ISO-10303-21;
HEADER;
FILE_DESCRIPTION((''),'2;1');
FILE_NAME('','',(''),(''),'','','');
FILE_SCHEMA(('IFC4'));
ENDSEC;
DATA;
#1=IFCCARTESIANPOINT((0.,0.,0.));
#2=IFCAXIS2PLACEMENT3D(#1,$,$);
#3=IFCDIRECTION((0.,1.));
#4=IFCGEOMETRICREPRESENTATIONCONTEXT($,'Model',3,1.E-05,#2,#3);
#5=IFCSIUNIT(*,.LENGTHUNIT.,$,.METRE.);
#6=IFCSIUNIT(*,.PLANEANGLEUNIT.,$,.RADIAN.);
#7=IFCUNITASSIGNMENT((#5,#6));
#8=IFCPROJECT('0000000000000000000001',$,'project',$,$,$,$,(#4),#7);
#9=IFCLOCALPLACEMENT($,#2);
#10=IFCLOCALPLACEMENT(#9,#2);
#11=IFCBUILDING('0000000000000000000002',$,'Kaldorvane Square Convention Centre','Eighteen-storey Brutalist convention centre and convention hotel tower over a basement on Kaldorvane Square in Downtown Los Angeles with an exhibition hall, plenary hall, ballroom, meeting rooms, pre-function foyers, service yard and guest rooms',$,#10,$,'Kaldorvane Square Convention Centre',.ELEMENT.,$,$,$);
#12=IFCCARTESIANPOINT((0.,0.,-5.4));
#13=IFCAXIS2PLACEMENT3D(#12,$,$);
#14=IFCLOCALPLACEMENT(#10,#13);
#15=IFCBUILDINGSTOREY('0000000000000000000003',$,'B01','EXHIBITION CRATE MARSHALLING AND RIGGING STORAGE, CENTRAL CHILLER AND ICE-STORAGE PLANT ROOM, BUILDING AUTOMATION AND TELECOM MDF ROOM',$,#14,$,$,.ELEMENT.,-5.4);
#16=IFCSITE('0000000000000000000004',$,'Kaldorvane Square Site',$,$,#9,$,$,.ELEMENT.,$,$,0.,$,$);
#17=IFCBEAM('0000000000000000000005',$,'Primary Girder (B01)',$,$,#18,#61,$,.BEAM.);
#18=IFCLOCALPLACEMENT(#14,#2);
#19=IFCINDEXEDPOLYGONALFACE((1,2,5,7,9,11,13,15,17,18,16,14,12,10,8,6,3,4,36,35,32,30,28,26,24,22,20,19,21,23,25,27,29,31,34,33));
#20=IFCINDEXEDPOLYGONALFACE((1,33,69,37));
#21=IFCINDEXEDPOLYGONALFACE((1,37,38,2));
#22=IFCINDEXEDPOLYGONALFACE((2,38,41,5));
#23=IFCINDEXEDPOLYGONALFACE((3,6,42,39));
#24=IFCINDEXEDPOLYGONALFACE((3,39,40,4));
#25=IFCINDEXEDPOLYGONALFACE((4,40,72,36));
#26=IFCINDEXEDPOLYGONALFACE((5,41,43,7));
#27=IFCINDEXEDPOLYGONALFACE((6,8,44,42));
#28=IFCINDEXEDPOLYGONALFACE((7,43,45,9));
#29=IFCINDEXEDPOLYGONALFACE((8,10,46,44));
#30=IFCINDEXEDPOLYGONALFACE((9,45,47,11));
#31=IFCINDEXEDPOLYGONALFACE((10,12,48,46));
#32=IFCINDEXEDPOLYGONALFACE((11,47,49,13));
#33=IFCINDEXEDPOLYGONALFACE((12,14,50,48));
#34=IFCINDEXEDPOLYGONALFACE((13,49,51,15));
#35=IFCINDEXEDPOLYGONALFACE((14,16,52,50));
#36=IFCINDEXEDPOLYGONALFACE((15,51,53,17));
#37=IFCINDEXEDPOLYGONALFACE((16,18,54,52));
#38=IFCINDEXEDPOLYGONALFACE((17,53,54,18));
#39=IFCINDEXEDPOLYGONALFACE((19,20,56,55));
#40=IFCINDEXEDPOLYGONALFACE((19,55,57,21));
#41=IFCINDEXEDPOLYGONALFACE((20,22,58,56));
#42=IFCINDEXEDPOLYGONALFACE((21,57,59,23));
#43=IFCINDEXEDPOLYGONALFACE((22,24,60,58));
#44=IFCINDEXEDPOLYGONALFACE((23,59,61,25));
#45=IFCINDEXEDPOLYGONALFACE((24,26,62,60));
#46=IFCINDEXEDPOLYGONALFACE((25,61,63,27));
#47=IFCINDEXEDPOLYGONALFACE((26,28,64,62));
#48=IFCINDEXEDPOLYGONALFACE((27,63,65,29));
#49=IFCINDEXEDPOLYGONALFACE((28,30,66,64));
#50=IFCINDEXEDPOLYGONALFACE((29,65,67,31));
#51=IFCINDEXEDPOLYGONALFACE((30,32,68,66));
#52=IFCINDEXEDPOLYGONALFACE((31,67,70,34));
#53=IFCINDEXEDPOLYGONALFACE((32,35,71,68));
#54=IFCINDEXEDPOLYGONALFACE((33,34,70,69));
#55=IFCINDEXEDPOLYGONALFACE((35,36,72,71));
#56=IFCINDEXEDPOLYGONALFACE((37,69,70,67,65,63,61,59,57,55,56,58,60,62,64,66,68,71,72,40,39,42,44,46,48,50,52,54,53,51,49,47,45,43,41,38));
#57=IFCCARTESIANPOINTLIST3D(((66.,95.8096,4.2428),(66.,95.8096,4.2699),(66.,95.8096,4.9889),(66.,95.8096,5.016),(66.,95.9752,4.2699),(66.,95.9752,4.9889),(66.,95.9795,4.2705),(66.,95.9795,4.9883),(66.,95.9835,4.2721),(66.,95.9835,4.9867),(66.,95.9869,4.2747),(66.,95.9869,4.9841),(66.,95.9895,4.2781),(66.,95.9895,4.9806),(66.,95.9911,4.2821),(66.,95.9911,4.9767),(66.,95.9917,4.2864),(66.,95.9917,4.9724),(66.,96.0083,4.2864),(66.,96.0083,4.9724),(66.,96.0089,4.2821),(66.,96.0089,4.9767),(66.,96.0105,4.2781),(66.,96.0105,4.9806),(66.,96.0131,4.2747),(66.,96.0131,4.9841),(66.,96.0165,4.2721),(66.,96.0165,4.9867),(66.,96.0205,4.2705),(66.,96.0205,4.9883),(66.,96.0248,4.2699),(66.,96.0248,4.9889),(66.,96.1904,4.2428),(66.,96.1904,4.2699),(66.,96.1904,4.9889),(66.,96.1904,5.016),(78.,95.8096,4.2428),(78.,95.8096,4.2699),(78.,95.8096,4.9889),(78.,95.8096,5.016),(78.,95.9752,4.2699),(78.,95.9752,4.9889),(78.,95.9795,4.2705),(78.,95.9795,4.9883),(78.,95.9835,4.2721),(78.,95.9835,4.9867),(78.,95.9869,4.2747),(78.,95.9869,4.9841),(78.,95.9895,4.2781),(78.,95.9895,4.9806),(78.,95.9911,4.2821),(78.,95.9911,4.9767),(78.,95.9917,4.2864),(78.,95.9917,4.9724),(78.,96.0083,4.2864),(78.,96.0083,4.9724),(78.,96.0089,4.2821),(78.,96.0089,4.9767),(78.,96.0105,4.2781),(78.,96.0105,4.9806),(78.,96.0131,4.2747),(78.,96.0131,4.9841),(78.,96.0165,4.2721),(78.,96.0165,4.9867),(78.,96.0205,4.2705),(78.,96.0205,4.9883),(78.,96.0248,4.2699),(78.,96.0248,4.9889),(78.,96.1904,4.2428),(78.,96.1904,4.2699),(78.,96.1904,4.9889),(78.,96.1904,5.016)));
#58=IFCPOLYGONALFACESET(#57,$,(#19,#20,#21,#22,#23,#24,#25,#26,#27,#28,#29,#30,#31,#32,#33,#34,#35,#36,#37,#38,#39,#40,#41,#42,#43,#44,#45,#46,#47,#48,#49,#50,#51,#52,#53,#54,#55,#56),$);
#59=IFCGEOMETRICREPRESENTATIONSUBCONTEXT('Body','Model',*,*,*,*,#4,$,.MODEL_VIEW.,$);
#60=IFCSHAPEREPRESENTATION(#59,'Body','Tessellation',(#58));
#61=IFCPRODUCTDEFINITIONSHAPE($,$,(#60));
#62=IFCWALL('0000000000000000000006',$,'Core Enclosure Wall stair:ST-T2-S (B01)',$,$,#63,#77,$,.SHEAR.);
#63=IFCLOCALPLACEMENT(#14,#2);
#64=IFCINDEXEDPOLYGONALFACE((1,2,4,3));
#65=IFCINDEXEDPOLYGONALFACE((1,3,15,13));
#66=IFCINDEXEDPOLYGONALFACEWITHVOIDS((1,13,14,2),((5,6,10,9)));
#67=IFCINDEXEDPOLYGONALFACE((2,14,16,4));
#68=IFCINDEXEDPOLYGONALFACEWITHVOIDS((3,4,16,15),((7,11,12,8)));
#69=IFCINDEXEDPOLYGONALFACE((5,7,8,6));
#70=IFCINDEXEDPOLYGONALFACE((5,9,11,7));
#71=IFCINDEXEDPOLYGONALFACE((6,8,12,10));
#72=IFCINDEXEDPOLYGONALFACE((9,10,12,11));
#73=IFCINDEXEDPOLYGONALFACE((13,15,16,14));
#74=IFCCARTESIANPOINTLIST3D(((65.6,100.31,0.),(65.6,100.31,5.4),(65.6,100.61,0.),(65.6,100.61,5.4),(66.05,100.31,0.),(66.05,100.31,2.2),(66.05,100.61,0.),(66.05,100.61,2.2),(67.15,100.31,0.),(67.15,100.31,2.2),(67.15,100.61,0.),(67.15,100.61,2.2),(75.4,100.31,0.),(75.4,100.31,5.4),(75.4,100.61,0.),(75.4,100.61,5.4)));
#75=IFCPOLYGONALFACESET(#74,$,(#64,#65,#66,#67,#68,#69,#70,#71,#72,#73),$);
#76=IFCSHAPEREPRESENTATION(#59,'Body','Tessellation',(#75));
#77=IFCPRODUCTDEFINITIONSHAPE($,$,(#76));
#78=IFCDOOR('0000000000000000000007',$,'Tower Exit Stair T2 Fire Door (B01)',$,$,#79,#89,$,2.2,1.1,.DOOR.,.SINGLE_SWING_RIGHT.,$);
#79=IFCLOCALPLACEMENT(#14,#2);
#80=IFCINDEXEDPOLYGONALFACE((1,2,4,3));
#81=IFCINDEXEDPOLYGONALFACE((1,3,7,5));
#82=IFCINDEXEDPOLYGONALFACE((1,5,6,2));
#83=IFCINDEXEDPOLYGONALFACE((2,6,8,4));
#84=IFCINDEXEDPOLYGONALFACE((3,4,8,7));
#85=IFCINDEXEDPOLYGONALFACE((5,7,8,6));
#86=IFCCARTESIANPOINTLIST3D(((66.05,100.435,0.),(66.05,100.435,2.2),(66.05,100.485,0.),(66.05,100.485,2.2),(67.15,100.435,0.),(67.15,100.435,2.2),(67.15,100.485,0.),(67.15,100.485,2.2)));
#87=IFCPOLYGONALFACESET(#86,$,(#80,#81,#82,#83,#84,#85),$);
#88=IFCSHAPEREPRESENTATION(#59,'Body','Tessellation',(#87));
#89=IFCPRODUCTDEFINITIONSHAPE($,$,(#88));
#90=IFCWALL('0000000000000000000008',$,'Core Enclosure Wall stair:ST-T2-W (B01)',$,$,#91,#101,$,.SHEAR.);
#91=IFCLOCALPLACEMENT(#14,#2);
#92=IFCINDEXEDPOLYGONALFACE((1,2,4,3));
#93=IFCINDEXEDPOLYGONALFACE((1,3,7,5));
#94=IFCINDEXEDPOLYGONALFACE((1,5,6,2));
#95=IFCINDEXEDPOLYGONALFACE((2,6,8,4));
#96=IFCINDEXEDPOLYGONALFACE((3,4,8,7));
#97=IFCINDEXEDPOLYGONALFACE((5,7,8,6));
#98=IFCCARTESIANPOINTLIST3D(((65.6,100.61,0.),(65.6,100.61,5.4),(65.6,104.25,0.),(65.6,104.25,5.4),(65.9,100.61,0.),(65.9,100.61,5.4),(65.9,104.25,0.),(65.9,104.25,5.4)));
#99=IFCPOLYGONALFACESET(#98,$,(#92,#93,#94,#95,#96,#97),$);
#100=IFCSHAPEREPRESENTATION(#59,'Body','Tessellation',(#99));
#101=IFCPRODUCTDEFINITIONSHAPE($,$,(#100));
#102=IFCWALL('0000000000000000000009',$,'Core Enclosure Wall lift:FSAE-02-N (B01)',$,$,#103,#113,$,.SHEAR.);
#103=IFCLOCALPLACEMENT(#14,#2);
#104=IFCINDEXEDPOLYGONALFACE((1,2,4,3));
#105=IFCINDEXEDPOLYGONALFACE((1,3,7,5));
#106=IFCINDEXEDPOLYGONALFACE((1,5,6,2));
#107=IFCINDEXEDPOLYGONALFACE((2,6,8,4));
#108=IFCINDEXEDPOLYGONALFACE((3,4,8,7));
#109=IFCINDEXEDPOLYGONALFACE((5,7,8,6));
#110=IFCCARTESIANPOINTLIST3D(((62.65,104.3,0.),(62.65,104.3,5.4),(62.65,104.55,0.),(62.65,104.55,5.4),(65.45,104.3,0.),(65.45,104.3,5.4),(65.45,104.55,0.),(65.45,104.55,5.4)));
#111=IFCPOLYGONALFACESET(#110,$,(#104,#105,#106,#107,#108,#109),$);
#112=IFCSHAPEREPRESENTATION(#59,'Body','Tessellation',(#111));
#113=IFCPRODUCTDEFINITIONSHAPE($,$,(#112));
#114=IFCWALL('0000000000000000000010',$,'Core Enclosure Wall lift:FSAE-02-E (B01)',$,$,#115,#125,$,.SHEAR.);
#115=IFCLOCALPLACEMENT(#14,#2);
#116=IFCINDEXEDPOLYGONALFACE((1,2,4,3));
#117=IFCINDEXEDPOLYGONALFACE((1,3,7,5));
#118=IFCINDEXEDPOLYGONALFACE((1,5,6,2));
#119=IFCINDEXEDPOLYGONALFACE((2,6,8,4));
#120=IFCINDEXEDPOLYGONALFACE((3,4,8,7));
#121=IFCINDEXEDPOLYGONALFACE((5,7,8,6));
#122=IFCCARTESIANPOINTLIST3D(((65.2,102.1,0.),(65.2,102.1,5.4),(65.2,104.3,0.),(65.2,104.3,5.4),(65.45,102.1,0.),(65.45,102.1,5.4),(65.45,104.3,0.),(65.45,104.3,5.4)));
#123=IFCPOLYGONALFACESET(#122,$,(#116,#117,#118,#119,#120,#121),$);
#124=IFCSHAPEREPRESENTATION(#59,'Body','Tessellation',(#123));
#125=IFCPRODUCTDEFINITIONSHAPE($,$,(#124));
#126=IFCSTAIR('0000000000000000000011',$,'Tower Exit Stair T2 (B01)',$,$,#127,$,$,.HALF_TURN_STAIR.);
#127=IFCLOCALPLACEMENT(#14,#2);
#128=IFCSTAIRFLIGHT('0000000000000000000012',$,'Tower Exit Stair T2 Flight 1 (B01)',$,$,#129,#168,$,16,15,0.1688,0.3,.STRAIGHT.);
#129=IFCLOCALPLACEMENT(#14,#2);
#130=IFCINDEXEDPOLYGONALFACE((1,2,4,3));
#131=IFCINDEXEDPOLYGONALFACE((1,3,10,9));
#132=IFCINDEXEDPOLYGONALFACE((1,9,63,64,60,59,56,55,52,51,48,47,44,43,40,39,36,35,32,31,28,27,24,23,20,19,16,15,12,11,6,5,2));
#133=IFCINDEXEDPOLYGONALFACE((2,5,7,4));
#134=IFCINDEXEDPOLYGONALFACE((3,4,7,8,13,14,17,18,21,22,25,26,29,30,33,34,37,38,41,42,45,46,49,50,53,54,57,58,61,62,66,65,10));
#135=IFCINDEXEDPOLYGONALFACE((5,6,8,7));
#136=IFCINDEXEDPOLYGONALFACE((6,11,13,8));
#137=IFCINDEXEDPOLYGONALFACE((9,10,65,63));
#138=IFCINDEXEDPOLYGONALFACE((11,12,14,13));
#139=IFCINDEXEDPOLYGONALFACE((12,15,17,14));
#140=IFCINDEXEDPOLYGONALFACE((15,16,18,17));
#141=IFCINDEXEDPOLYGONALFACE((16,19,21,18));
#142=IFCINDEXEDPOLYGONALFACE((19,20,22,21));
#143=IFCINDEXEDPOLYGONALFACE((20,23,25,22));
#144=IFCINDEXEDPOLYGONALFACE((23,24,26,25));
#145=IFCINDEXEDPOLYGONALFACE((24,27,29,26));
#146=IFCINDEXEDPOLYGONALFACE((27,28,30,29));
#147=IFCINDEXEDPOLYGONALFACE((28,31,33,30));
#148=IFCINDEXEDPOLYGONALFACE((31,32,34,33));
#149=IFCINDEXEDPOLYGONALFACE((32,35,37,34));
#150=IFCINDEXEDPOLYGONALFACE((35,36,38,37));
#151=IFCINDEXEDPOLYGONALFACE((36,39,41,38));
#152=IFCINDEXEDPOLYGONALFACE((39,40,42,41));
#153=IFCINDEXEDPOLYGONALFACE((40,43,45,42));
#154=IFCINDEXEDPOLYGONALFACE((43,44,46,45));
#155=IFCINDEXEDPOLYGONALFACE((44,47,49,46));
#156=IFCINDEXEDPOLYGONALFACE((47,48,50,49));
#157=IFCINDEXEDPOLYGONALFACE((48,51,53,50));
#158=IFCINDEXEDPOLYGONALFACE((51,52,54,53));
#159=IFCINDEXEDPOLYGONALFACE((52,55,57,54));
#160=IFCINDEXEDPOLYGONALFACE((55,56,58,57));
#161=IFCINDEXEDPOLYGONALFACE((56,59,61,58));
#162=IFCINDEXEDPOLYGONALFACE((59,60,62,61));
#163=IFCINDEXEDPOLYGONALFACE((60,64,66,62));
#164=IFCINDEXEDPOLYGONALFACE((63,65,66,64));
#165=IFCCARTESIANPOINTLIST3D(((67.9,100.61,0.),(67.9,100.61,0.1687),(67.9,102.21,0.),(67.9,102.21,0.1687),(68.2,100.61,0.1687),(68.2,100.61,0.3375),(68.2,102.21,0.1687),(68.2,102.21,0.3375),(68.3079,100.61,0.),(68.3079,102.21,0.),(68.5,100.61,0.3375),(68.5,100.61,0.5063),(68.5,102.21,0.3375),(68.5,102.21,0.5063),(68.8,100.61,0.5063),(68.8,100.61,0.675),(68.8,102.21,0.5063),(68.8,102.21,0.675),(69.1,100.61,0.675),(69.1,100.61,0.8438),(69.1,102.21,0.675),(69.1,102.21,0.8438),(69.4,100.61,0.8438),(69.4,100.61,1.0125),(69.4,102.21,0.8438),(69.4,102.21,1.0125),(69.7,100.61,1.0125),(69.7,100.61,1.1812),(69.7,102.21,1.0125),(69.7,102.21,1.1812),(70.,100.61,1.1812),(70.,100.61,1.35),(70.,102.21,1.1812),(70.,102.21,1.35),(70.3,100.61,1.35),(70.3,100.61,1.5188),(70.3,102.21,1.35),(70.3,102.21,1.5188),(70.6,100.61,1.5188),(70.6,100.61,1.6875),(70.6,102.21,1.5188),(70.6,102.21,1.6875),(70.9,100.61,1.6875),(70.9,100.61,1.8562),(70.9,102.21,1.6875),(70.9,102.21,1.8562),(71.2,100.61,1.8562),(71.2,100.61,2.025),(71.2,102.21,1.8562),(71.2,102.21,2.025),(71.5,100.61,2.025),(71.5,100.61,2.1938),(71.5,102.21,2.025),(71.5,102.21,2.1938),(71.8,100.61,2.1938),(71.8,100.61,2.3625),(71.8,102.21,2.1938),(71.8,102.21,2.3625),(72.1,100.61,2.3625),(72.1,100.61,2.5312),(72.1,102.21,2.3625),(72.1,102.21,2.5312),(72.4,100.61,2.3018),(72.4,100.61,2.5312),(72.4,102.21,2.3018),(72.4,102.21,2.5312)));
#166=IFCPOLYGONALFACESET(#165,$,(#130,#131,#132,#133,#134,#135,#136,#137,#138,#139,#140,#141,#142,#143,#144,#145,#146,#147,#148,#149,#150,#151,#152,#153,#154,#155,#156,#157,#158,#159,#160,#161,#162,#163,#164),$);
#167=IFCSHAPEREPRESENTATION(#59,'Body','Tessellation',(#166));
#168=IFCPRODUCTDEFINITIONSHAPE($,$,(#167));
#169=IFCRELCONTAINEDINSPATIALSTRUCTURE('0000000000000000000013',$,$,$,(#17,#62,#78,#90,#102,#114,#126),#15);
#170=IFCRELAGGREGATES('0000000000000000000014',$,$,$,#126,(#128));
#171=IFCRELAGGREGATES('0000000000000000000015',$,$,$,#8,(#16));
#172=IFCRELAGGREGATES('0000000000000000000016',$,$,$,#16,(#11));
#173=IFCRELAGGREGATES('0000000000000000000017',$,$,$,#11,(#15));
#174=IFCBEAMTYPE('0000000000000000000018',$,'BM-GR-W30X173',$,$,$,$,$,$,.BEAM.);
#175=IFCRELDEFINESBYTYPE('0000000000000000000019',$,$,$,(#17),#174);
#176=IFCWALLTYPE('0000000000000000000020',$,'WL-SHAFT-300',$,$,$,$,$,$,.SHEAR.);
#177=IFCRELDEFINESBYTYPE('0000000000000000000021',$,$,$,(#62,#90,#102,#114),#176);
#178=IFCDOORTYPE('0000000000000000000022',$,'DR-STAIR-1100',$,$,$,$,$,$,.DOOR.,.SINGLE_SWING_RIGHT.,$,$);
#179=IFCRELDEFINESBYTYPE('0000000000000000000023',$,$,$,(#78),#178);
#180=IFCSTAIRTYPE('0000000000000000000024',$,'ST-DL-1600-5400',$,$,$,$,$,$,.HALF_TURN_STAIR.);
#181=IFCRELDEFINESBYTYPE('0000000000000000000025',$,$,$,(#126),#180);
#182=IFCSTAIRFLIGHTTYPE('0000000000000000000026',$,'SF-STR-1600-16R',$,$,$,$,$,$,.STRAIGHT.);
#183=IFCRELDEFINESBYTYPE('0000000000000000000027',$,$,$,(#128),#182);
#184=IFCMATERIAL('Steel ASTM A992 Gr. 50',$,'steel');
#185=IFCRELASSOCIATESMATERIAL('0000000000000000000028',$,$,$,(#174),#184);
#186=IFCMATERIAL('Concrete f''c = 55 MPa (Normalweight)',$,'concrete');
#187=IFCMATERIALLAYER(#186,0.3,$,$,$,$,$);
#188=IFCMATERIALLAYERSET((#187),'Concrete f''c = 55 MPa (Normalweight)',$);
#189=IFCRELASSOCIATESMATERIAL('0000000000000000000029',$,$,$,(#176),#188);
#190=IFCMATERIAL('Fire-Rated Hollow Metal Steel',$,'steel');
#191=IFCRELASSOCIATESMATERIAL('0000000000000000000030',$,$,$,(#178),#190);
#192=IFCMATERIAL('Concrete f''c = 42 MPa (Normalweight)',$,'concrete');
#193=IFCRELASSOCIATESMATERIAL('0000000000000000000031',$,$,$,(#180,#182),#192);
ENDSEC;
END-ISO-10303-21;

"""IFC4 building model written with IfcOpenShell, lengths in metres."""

from ifc_helpers import new_model, si_unit, direction, frame, frame_2d, origin, origin_2d, place, context, subcontext, project, spatial, polyline, rectangle, i_section, outline, extrude, material, layer, layer_set, material_profile, profile_set, type_object, element, fill, aggregate, save


model = new_model("IFC4")

# Units and contexts
model_context = context("Model", 3, precision=1e-05, world=origin(), true_north=direction((0.0, 1.0)))
body_context = subcontext(model_context, "Body", "Model", "MODEL_VIEW")
ifc_project = project(units=[si_unit("LENGTHUNIT", "METRE"), si_unit("PLANEANGLEUNIT", "RADIAN")], contexts=[model_context])

# Site, building, storey
site_placement = place(None, origin())
site = spatial("IfcSite", under=ifc_project, at=site_placement, Name="Kaldorvane Square Site", CompositionType="ELEMENT", RefElevation=0.0)
building_placement = place(site_placement, origin())
building = spatial("IfcBuilding", under=site, at=building_placement, Name="Kaldorvane Square Convention Centre", Description="Eighteen-storey Brutalist convention centre and convention hotel tower over a basement on Kaldorvane Square in Downtown Los Angeles with an exhibition hall, plenary hall, ballroom, meeting rooms, pre-function foyers, service yard and guest rooms", LongName="Kaldorvane Square Convention Centre", CompositionType="ELEMENT")
storey_placement = place(building_placement, frame((0.0, 0.0, -5.4)))
storey = spatial("IfcBuildingStorey", under=building, at=storey_placement, Name="B01", Description="EXHIBITION CRATE MARSHALLING AND RIGGING STORAGE, CENTRAL CHILLER AND ICE-STORAGE PLANT ROOM, BUILDING AUTOMATION AND TELECOM MDF ROOM", CompositionType="ELEMENT", Elevation=-5.4)

# Shared definitions
ifc_material_1 = material(Name="Concrete f'c = 42 MPa (Normalweight)", Category="concrete")

# Shared definitions
ifc_material_2 = material(Name="Steel ASTM A992 Gr. 50", Category="steel")

# Beam
ifc_material_profile_1 = material_profile(ifc_material_2, i_section(OverallWidth=0.3807, OverallDepth=0.7732, WebThickness=0.0166, FlangeThickness=0.0271, FilletRadius=0.0165, at=origin_2d()), Name="W30X173")
ifc_profile_set_1 = profile_set([ifc_material_profile_1], Name="Steel ASTM A992 Gr. 50")
beam_type = type_object("IfcBeamType", Name="BM-GR-W30X173", PredefinedType="BEAM", material=ifc_profile_set_1)
beam_placement = place(storey_placement, frame((66.0, 96.0, 4.6294), z_axis=(1.0, 0.0, 0.0), x_axis=(0.0, 1.0, 0.0)))
element("IfcBeam", 1, at=beam_placement, inside=storey, type_object=beam_type, Name="Primary Girder (B01)", PredefinedType="BEAM", context=body_context, shape_type="SweptSolid", body=[
    extrude(i_section(OverallWidth=0.3807, OverallDepth=0.7732, WebThickness=0.0166, FlangeThickness=0.0271, FilletRadius=0.0165, at=origin_2d()), origin(), (0.0, 0.0, 1.0), 12.0),
])

# Wall, opening, door
ifc_material_3 = material(Name="Concrete f'c = 55 MPa (Normalweight)", Category="concrete")
ifc_layer = layer(ifc_material_3, 0.3)
ifc_layer_set = layer_set([ifc_layer], Name="Concrete f'c = 55 MPa (Normalweight)")
wall_type = type_object("IfcWallType", Name="WL-SHAFT-300", PredefinedType="SHEAR", material=ifc_layer_set)
wall_1_placement = place(storey_placement, frame((65.6, 100.46, 0.0), z_axis=(0.0, 0.0, 1.0), x_axis=(1.0, 0.0, 0.0)))
wall_1 = element("IfcWall", 2, at=wall_1_placement, inside=storey, type_object=wall_type, Name="Core Enclosure Wall stair:ST-T2-S (B01)", PredefinedType="SHEAR", context=body_context, shape_type="SweptSolid", body=[
    extrude(rectangle(XDim=9.8, YDim=0.3, at=frame_2d((4.9, 0.0))), origin(), (0.0, 0.0, 1.0), 5.4),
])
opening_placement = place(wall_1_placement, frame((0.45, 0.0, 0.0)))
opening = element("IfcOpeningElement", 3, at=opening_placement, cuts=wall_1, PredefinedType="OPENING", context=body_context, shape_type="SweptSolid", body=[
    extrude(rectangle(XDim=1.1, YDim=2.2, at=frame_2d((0.55, 1.1))), frame((0.0, 0.165, 0.0), z_axis=(0.0, -1.0, 0.0), x_axis=(1.0, 0.0, 0.0)), (0.0, 0.0, 1.0), 0.33),
])
ifc_material_4 = material(Name="Fire-Rated Hollow Metal Steel", Category="steel")
door_type = type_object("IfcDoorType", Name="DR-STAIR-1100", OperationType="SINGLE_SWING_RIGHT", PredefinedType="DOOR", material=ifc_material_4)
door_placement = place(opening_placement, origin())
door = element("IfcDoor", 4, at=door_placement, inside=storey, type_object=door_type, Name="Tower Exit Stair T2 Fire Door (B01)", OperationType="SINGLE_SWING_RIGHT", OverallHeight=2.2, OverallWidth=1.1, PredefinedType="DOOR", context=body_context, shape_type="SweptSolid", body=[
    extrude(rectangle(XDim=1.1, YDim=2.2, at=frame_2d((0.55, 1.1))), frame((0.0, 0.025, 0.0), z_axis=(0.0, -1.0, 0.0), x_axis=(1.0, 0.0, 0.0)), (0.0, 0.0, 1.0), 0.05),
])
fill(opening, door)

# Walls
wall_2_placement = place(storey_placement, frame((65.75, 104.25, 0.0), z_axis=(0.0, 0.0, 1.0), x_axis=(0.0, -1.0, 0.0)))
element("IfcWall", 5, at=wall_2_placement, inside=storey, type_object=wall_type, Name="Core Enclosure Wall stair:ST-T2-W (B01)", PredefinedType="SHEAR", context=body_context, shape_type="SweptSolid", body=[
    extrude(rectangle(XDim=3.64, YDim=0.3, at=frame_2d((1.82, 0.0))), origin(), (0.0, 0.0, 1.0), 5.4),
])
wall_3_placement = place(storey_placement, frame((65.45, 104.425, 0.0), z_axis=(0.0, 0.0, 1.0), x_axis=(-1.0, 0.0, 0.0)))
element("IfcWall", 6, at=wall_3_placement, inside=storey, type_object=wall_type, Name="Core Enclosure Wall lift:FSAE-02-N (B01)", PredefinedType="SHEAR", context=body_context, shape_type="SweptSolid", body=[
    extrude(rectangle(XDim=2.8, YDim=0.25, at=frame_2d((1.4, 0.0))), origin(), (0.0, 0.0, 1.0), 5.4),
])
wall_4_placement = place(storey_placement, frame((65.325, 102.1, 0.0), z_axis=(0.0, 0.0, 1.0), x_axis=(0.0, 1.0, 0.0)))
element("IfcWall", 7, at=wall_4_placement, inside=storey, type_object=wall_type, Name="Core Enclosure Wall lift:FSAE-02-E (B01)", PredefinedType="SHEAR", context=body_context, shape_type="SweptSolid", body=[
    extrude(rectangle(XDim=2.2, YDim=0.25, at=frame_2d((1.1, 0.0))), origin(), (0.0, 0.0, 1.0), 5.4),
])

# Stair, stair flight
stair_type = type_object("IfcStairType", Name="ST-DL-1600-5400", PredefinedType="HALF_TURN_STAIR", material=ifc_material_1)
stair_placement = place(storey_placement, origin())
stair = element("IfcStair", 8, at=stair_placement, inside=storey, type_object=stair_type, Name="Tower Exit Stair T2 (B01)", PredefinedType="HALF_TURN_STAIR")
stair_flight_type = type_object("IfcStairFlightType", Name="SF-STR-1600-16R", PredefinedType="STRAIGHT", material=ifc_material_1)
stair_flight_1_placement = place(storey_placement, frame((67.9, 101.41, 0.0), z_axis=(0.0, 0.0, 1.0), x_axis=(1.0, 0.0, 0.0)))
stair_flight_1 = element("IfcStairFlight", 9, at=stair_flight_1_placement, type_object=stair_flight_type, Name="Tower Exit Stair T2 Flight 1 (B01)", NumberOfRisers=16, NumberOfTreads=15, PredefinedType="STRAIGHT", RiserHeight=0.1688, TreadLength=0.3, context=body_context, shape_type="SweptSolid", body=[
    extrude(outline(polyline([(0.0, 0.0), (0.0, 0.1687), (0.3, 0.1687), (0.3, 0.3375), (0.6, 0.3375), (0.6, 0.5063), (0.9, 0.5063), (0.9, 0.675), (1.2, 0.675), (1.2, 0.8438), (1.5, 0.8438), (1.5, 1.0125), (1.8, 1.0125), (1.8, 1.1812), (2.1, 1.1812), (2.1, 1.35), (2.4, 1.35), (2.4, 1.5188), (2.7, 1.5188), (2.7, 1.6875), (3.0, 1.6875), (3.0, 1.8562), (3.3, 1.8562), (3.3, 2.025), (3.6, 2.025), (3.6, 2.1938), (3.9, 2.1938), (3.9, 2.3625), (4.2, 2.3625), (4.2, 2.5312), (4.5, 2.5312), (4.5, 2.7), (4.5, 2.3018), (0.4079, 0.0), (0.0, 0.0)])), frame((0.0, 0.8, 0.0), z_axis=(0.0, -1.0, 0.0), x_axis=(1.0, 0.0, 0.0)), (0.0, 0.0, 1.0), 1.6),
])
aggregate(stair, [stair_flight_1])

save(model, "model.ifc")
